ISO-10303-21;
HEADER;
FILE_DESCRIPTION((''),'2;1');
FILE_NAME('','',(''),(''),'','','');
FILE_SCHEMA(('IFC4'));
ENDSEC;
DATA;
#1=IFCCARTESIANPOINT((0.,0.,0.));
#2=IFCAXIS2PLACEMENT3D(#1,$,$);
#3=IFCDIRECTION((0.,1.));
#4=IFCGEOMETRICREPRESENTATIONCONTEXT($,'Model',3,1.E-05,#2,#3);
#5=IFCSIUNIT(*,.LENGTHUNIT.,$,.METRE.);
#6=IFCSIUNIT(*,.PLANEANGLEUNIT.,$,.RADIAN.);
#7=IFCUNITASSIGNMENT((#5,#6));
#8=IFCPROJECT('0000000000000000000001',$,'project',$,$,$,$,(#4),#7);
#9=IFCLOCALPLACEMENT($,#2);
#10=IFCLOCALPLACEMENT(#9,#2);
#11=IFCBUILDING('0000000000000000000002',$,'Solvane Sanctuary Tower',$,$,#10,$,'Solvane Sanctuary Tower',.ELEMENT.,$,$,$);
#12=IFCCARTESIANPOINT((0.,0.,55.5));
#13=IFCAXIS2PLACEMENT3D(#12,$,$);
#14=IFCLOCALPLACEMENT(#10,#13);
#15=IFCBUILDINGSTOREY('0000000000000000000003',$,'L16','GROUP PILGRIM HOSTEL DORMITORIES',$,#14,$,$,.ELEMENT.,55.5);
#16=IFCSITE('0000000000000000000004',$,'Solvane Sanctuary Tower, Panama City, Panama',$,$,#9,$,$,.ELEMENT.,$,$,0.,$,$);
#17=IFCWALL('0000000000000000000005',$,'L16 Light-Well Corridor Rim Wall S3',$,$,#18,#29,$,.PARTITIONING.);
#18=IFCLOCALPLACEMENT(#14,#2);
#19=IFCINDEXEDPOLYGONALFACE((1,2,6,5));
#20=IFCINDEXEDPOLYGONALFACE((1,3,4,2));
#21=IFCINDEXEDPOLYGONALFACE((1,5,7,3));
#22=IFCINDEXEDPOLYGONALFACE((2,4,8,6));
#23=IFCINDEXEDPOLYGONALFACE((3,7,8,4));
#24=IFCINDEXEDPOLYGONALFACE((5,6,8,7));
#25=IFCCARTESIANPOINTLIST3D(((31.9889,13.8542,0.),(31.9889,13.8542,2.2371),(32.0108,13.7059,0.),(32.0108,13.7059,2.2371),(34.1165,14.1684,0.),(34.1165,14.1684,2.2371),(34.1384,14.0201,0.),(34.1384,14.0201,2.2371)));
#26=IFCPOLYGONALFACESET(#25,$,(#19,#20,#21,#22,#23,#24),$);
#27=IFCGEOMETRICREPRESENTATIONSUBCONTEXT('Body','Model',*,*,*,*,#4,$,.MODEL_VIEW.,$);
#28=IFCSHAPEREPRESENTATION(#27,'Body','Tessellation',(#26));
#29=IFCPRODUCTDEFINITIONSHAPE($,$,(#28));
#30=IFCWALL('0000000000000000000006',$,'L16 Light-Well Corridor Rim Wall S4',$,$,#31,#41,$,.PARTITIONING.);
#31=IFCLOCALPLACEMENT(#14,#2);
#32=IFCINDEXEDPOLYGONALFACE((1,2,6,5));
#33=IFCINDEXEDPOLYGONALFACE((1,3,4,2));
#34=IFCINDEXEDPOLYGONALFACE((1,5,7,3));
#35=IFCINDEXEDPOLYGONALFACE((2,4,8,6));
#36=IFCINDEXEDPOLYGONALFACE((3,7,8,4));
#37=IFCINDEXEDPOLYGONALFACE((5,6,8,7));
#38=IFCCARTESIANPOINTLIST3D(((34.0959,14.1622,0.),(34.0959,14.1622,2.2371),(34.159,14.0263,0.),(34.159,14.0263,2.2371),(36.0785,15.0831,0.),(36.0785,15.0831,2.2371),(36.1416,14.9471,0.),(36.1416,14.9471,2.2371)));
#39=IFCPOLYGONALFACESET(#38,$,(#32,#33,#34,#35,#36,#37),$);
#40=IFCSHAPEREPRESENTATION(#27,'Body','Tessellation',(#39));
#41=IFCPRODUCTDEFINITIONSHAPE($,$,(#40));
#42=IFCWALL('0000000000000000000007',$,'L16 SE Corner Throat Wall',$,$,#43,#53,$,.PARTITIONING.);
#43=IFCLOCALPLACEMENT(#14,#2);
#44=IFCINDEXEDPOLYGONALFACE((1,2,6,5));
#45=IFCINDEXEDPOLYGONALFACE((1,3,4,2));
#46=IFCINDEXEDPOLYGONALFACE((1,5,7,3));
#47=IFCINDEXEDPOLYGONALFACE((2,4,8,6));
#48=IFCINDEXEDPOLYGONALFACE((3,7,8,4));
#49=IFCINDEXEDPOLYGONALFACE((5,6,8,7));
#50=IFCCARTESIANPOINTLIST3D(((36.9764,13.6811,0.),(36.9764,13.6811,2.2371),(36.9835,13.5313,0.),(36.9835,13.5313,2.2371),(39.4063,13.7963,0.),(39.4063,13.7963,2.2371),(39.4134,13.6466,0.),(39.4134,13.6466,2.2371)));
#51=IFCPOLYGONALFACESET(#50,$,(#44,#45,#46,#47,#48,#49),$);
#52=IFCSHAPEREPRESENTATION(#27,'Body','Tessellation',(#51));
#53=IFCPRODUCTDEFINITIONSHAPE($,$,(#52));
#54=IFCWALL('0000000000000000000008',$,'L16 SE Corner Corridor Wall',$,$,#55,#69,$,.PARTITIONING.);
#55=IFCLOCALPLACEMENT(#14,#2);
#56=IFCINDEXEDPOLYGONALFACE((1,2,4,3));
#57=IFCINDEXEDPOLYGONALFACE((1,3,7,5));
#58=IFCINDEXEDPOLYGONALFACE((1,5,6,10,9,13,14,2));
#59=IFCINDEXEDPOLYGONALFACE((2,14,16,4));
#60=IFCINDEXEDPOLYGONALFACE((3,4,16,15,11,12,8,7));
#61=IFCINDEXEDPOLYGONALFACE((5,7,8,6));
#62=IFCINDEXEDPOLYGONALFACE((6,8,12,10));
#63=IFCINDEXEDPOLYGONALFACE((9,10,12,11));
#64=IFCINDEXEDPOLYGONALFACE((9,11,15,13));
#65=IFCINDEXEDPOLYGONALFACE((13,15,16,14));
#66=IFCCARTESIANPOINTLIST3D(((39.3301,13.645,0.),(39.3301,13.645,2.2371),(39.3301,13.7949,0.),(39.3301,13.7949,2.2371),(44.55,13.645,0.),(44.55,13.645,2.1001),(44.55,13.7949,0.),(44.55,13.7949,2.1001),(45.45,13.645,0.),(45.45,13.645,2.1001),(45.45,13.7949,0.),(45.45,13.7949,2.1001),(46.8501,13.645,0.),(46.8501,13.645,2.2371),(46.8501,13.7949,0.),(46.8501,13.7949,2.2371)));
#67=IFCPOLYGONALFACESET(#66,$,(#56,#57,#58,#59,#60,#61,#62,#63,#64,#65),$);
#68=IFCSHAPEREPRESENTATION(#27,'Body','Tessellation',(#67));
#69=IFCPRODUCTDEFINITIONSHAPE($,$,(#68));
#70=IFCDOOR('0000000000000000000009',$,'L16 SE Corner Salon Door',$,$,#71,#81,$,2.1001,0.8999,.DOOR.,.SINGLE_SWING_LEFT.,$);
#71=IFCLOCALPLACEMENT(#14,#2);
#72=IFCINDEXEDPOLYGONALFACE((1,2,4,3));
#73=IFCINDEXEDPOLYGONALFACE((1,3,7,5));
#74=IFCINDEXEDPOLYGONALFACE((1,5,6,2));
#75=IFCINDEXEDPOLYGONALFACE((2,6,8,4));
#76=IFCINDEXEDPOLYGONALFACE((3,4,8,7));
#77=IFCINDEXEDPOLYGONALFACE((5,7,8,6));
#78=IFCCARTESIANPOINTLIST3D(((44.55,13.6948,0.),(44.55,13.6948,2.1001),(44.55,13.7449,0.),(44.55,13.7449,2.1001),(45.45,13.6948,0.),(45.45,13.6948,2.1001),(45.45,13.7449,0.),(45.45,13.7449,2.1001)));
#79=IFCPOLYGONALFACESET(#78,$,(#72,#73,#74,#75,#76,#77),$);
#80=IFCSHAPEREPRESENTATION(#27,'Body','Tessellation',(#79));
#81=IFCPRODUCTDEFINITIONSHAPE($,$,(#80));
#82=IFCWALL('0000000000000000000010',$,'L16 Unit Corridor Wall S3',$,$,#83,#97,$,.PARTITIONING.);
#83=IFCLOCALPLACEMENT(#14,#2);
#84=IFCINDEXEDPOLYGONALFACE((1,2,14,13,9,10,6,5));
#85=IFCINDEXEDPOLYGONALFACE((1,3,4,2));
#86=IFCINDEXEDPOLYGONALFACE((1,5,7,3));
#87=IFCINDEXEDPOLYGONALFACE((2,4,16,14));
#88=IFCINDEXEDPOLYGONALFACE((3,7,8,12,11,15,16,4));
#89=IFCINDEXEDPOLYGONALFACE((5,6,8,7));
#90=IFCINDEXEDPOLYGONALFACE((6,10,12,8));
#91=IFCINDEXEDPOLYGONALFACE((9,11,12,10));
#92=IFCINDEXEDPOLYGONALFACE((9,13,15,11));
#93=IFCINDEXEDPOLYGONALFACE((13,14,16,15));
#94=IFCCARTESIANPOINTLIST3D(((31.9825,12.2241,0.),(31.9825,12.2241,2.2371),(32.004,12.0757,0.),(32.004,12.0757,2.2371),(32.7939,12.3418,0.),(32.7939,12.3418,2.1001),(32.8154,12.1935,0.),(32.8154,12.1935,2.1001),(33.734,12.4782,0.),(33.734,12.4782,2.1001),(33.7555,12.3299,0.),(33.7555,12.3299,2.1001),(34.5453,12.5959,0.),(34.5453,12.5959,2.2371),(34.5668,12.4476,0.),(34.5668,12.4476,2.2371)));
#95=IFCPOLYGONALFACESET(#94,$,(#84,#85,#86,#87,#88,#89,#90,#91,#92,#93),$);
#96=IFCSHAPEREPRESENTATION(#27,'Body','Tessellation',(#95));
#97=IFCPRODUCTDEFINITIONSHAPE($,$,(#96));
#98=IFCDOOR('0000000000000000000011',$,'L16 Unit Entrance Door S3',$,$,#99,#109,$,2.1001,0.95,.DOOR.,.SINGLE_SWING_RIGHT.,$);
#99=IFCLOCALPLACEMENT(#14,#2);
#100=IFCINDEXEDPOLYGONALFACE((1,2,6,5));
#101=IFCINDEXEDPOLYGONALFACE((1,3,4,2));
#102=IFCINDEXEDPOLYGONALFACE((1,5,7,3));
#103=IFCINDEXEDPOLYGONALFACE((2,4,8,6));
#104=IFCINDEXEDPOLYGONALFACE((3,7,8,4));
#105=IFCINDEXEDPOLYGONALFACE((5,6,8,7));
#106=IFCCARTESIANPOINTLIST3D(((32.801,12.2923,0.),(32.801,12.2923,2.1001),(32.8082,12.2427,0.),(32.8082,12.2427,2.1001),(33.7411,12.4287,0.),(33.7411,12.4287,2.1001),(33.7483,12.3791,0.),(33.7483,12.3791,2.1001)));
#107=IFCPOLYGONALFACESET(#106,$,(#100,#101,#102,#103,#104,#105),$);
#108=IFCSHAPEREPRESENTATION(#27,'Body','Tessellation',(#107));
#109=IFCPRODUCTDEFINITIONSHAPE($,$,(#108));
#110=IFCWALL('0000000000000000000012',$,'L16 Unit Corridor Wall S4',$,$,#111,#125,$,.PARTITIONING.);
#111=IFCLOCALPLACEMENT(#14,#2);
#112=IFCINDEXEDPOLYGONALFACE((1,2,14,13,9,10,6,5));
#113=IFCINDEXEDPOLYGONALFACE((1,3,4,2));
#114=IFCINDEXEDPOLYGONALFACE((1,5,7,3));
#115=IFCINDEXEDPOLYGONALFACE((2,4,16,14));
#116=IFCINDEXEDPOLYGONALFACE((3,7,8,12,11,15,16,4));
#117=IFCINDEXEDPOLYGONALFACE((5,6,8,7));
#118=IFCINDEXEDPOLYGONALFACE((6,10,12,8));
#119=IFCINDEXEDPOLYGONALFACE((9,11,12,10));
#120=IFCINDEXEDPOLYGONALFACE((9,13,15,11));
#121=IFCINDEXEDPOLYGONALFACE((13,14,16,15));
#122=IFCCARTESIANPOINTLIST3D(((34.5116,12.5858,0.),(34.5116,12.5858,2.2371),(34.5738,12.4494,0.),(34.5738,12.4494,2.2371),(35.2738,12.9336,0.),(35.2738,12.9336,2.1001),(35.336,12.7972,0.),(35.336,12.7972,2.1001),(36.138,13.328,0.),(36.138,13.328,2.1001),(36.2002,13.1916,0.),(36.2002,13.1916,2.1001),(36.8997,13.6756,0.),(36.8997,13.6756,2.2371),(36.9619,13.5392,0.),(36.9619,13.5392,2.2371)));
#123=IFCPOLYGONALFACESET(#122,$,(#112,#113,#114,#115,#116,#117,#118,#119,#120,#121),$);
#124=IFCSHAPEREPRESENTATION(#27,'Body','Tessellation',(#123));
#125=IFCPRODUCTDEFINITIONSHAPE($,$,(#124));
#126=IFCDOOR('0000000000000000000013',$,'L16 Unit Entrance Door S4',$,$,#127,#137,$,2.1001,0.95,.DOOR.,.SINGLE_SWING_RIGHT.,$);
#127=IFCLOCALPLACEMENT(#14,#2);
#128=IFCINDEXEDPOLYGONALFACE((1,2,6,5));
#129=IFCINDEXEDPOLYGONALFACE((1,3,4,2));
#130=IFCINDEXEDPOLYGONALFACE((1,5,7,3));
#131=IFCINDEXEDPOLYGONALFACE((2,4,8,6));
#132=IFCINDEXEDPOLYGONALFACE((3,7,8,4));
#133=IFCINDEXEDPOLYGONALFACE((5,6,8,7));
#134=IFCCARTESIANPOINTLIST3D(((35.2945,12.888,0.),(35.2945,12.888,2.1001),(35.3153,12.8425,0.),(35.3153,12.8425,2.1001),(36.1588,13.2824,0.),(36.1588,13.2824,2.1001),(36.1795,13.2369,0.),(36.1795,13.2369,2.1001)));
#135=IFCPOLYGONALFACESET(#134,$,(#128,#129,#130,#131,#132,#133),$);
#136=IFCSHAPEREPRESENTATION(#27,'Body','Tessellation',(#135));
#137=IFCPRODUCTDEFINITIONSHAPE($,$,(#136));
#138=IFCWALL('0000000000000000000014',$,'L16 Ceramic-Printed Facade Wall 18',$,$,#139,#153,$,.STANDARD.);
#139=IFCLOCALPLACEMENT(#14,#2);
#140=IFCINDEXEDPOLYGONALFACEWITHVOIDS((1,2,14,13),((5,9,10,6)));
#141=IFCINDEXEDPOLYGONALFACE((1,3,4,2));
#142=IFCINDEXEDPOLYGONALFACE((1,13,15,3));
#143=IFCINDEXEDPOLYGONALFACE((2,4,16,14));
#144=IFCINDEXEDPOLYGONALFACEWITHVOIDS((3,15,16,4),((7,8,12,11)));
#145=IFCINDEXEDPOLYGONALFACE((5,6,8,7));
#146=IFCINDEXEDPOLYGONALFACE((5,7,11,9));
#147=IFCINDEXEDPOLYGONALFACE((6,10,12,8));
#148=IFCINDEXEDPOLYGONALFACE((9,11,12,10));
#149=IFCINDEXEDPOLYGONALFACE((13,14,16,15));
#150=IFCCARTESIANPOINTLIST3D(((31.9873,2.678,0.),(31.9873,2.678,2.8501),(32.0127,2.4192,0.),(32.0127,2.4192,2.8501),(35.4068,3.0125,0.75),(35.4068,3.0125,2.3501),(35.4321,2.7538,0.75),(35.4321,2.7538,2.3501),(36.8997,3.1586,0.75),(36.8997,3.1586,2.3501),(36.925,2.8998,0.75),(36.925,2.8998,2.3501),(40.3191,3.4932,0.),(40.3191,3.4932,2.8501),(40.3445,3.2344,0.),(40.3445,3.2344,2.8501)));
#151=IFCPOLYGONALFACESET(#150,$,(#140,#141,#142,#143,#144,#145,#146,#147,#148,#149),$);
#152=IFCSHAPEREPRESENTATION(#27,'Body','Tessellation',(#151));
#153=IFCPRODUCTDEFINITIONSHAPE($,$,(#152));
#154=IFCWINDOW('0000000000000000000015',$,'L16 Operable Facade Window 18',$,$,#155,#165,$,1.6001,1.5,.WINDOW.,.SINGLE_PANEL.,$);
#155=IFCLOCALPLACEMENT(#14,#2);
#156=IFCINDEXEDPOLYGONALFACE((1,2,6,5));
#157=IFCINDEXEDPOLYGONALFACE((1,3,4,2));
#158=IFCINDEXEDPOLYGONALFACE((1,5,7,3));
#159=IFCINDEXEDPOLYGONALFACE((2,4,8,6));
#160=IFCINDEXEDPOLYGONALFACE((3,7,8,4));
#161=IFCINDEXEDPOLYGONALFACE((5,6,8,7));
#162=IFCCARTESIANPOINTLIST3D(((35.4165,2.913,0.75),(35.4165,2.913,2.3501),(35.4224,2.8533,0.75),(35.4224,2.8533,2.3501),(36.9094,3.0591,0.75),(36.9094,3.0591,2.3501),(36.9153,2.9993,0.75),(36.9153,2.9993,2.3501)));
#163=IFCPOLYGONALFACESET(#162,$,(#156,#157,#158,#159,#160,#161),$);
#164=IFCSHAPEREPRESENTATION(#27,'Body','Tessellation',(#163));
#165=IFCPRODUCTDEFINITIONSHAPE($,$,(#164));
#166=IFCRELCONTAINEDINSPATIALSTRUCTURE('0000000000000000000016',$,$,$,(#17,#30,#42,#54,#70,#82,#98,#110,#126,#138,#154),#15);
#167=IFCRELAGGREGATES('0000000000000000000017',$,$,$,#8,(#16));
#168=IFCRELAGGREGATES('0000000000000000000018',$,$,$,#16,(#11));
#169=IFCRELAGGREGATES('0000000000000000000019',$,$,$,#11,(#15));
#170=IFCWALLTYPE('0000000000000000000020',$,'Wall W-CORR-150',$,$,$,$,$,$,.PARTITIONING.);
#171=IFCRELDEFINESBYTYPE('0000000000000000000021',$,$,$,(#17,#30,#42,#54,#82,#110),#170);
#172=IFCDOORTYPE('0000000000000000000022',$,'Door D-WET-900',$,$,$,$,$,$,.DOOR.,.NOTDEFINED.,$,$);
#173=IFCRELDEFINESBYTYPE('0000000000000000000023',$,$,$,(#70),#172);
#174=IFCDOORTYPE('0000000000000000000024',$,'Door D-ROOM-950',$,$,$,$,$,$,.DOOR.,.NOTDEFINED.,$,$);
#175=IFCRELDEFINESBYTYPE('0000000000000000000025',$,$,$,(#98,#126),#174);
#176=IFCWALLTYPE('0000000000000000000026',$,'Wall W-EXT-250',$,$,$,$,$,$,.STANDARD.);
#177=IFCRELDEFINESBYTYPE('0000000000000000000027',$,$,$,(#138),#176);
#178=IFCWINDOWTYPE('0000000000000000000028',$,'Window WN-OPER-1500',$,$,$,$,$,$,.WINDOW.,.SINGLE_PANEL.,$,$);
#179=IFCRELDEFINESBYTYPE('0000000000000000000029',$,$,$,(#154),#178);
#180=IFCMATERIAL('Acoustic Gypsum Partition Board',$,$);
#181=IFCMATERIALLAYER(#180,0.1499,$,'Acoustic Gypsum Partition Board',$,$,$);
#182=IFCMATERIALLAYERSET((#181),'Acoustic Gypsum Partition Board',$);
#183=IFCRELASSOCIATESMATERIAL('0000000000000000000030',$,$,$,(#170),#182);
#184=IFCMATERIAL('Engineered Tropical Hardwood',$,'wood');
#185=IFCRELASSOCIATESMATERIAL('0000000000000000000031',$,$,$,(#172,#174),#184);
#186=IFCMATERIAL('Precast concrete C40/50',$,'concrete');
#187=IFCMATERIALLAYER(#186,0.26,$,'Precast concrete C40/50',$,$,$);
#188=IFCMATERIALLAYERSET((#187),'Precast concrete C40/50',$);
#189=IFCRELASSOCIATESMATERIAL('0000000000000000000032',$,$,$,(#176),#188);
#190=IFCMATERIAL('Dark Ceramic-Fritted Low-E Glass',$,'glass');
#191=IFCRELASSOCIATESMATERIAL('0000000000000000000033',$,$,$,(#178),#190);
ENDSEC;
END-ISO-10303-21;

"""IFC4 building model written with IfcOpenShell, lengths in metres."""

from ifc_helpers import new_model, si_unit, direction, frame, frame_2d, origin, place, context, subcontext, project, spatial, rectangle, extrude, material, layer, layer_set, type_object, element, fill, save


model = new_model("IFC4")

# Units and contexts
model_context = context("Model", 3, precision=1e-05, world=origin(), true_north=direction((0.0, 1.0)))
body_context = subcontext(model_context, "Body", "Model", "MODEL_VIEW")
ifc_project = project(units=[si_unit("LENGTHUNIT", "METRE"), si_unit("PLANEANGLEUNIT", "RADIAN")], contexts=[model_context])

# Site, building, storey
site_placement = place(None, origin())
site = spatial("IfcSite", under=ifc_project, at=site_placement, Name="Solvane Sanctuary Tower, Panama City, Panama", CompositionType="ELEMENT", RefElevation=0.0)
building_placement = place(site_placement, origin())
building = spatial("IfcBuilding", under=site, at=building_placement, Name="Solvane Sanctuary Tower", LongName="Solvane Sanctuary Tower", CompositionType="ELEMENT")
storey_placement = place(building_placement, frame((0.0, 0.0, 55.5)))
storey = spatial("IfcBuildingStorey", under=building, at=storey_placement, Name="L16", Description="GROUP PILGRIM HOSTEL DORMITORIES", CompositionType="ELEMENT", Elevation=55.5)

# Walls
ifc_material_1 = material(Name="Acoustic Gypsum Partition Board")
ifc_layer_1 = layer(ifc_material_1, 0.1499, Name="Acoustic Gypsum Partition Board")
ifc_layer_set_1 = layer_set([ifc_layer_1], Name="Acoustic Gypsum Partition Board")
wall_type_1 = type_object("IfcWallType", Name="Wall W-CORR-150", PredefinedType="PARTITIONING", material=ifc_layer_set_1)
wall_1_placement = place(storey_placement, frame((32.0, 13.78, 0.0), z_axis=(0.0, 0.0, 1.0), x_axis=(0.989269, 0.146108, 0.0)))
element("IfcWall", 1, at=wall_1_placement, inside=storey, type_object=wall_type_1, Name="L16 Light-Well Corridor Rim Wall S3", PredefinedType="PARTITIONING", context=body_context, shape_type="SweptSolid", body=[
    extrude(rectangle(XDim=2.1506, YDim=0.1499, at=frame_2d((1.0752, 0.0))), origin(), (0.0, 0.0, 1.0), 2.2371),
])
wall_2_placement = place(storey_placement, frame((34.1274, 14.0942, 0.0), z_axis=(0.0, 0.0, 1.0), x_axis=(0.906943, 0.421252, 0.0)))
element("IfcWall", 2, at=wall_2_placement, inside=storey, type_object=wall_type_1, Name="L16 Light-Well Corridor Rim Wall S4", PredefinedType="PARTITIONING", context=body_context, shape_type="SweptSolid", body=[
    extrude(rectangle(XDim=2.186, YDim=0.1499, at=frame_2d((1.093, 0.0))), origin(), (0.0, 0.0, 1.0), 2.2371),
])
wall_3_placement = place(storey_placement, frame((36.98, 13.6062, 0.0), z_axis=(0.0, 0.0, 1.0), x_axis=(0.998877, 0.04737, 0.0)))
element("IfcWall", 3, at=wall_3_placement, inside=storey, type_object=wall_type_1, Name="L16 SE Corner Throat Wall", PredefinedType="PARTITIONING", context=body_context, shape_type="SweptSolid", body=[
    extrude(rectangle(XDim=2.4326, YDim=0.1499, at=frame_2d((1.2163, 0.0))), origin(), (0.0, 0.0, 1.0), 2.2371),
])

# Walls, openings, doors
wall_4_placement = place(storey_placement, frame((39.3301, 13.72, 0.0), z_axis=(0.0, 0.0, 1.0), x_axis=(1.0, 0.0, 0.0)))
wall_4 = element("IfcWall", 4, at=wall_4_placement, inside=storey, type_object=wall_type_1, Name="L16 SE Corner Corridor Wall", PredefinedType="PARTITIONING", context=body_context, shape_type="SweptSolid", body=[
    extrude(rectangle(XDim=7.52, YDim=0.1499, at=frame_2d((3.76, 0.0))), origin(), (0.0, 0.0, 1.0), 2.2371),
])
opening_1_placement = place(wall_4_placement, frame((5.22, 0.0, 0.0)))
opening_1 = element("IfcOpeningElement", 5, at=opening_1_placement, cuts=wall_4, PredefinedType="OPENING", context=body_context, shape_type="SweptSolid", body=[
    extrude(rectangle(XDim=0.8999, YDim=2.1001, at=frame_2d((0.45, 1.05))), frame((0.0, 0.085, 0.0), z_axis=(0.0, -1.0, 0.0), x_axis=(1.0, 0.0, 0.0)), (0.0, 0.0, 1.0), 0.1699),
])
ifc_material_2 = material(Name="Engineered Tropical Hardwood", Category="wood")
door_type_1 = type_object("IfcDoorType", Name="Door D-WET-900", OperationType="NOTDEFINED", PredefinedType="DOOR", material=ifc_material_2)
door_1_placement = place(opening_1_placement, origin())
door_1 = element("IfcDoor", 6, at=door_1_placement, inside=storey, type_object=door_type_1, Name="L16 SE Corner Salon Door", OperationType="SINGLE_SWING_LEFT", OverallHeight=2.1001, OverallWidth=0.8999, PredefinedType="DOOR", context=body_context, shape_type="SweptSolid", body=[
    extrude(rectangle(XDim=0.8999, YDim=2.1001, at=frame_2d((0.45, 1.05))), frame((0.0, 0.0249, 0.0), z_axis=(0.0, -1.0, 0.0), x_axis=(1.0, 0.0, 0.0)), (0.0, 0.0, 1.0), 0.05),
])
fill(opening_1, door_1)
wall_5_placement = place(storey_placement, frame((31.9932, 12.1499, 0.0), z_axis=(0.0, 0.0, 1.0), x_axis=(0.989638, 0.143586, 0.0)))
wall_5 = element("IfcWall", 7, at=wall_5_placement, inside=storey, type_object=wall_type_1, Name="L16 Unit Corridor Wall S3", PredefinedType="PARTITIONING", context=body_context, shape_type="SweptSolid", body=[
    extrude(rectangle(XDim=2.5896, YDim=0.1499, at=frame_2d((1.2949, 0.0))), origin(), (0.0, 0.0, 1.0), 2.2371),
])
opening_2_placement = place(wall_5_placement, frame((0.8198, 0.0, 0.0)))
opening_2 = element("IfcOpeningElement", 8, at=opening_2_placement, cuts=wall_5, PredefinedType="OPENING", context=body_context, shape_type="SweptSolid", body=[
    extrude(rectangle(XDim=0.95, YDim=2.1001, at=frame_2d((0.4751, 1.05))), frame((0.0, 0.085, 0.0), z_axis=(0.0, -1.0, 0.0), x_axis=(1.0, 0.0, 0.0)), (0.0, 0.0, 1.0), 0.1699),
])
door_type_2 = type_object("IfcDoorType", Name="Door D-ROOM-950", OperationType="NOTDEFINED", PredefinedType="DOOR", material=ifc_material_2)
door_2_placement = place(opening_2_placement, origin())
door_2 = element("IfcDoor", 9, at=door_2_placement, inside=storey, type_object=door_type_2, Name="L16 Unit Entrance Door S3", OperationType="SINGLE_SWING_RIGHT", OverallHeight=2.1001, OverallWidth=0.95, PredefinedType="DOOR", context=body_context, shape_type="SweptSolid", body=[
    extrude(rectangle(XDim=0.95, YDim=2.1001, at=frame_2d((0.4751, 1.05))), frame((0.0, 0.0249, 0.0), z_axis=(0.0, -1.0, 0.0), x_axis=(1.0, 0.0, 0.0)), (0.0, 0.0, 1.0), 0.05),
])
fill(opening_2, door_2)
wall_6_placement = place(storey_placement, frame((34.5427, 12.5176, 0.0), z_axis=(0.0, 0.0, 1.0), x_axis=(0.909748, 0.415162, 0.0)))
wall_6 = element("IfcWall", 10, at=wall_6_placement, inside=storey, type_object=wall_type_1, Name="L16 Unit Corridor Wall S4", PredefinedType="PARTITIONING", context=body_context, shape_type="SweptSolid", body=[
    extrude(rectangle(XDim=2.625, YDim=0.1499, at=frame_2d((1.3125, 0.0))), origin(), (0.0, 0.0, 1.0), 2.2371),
])
opening_3_placement = place(wall_6_placement, frame((0.8376, 0.0, 0.0)))
opening_3 = element("IfcOpeningElement", 11, at=opening_3_placement, cuts=wall_6, PredefinedType="OPENING", context=body_context, shape_type="SweptSolid", body=[
    extrude(rectangle(XDim=0.95, YDim=2.1001, at=frame_2d((0.4751, 1.05))), frame((0.0, 0.085, 0.0), z_axis=(0.0, -1.0, 0.0), x_axis=(1.0, 0.0, 0.0)), (0.0, 0.0, 1.0), 0.1699),
])
door_3_placement = place(opening_3_placement, origin())
door_3 = element("IfcDoor", 12, at=door_3_placement, inside=storey, type_object=door_type_2, Name="L16 Unit Entrance Door S4", OperationType="SINGLE_SWING_RIGHT", OverallHeight=2.1001, OverallWidth=0.95, PredefinedType="DOOR", context=body_context, shape_type="SweptSolid", body=[
    extrude(rectangle(XDim=0.95, YDim=2.1001, at=frame_2d((0.4751, 1.05))), frame((0.0, 0.0249, 0.0), z_axis=(0.0, -1.0, 0.0), x_axis=(1.0, 0.0, 0.0)), (0.0, 0.0, 1.0), 0.05),
])
fill(opening_3, door_3)

# Wall, opening, window
ifc_material_3 = material(Name="Precast concrete C40/50", Category="concrete")
ifc_layer_2 = layer(ifc_material_3, 0.26, Name="Precast concrete C40/50")
ifc_layer_set_2 = layer_set([ifc_layer_2], Name="Precast concrete C40/50")
wall_type_2 = type_object("IfcWallType", Name="Wall W-EXT-250", PredefinedType="STANDARD", material=ifc_layer_set_2)
wall_7_placement = place(storey_placement, frame((32.0, 2.5486, 0.0), z_axis=(0.0, 0.0, 1.0), x_axis=(0.995248, 0.097375, 0.0)))
wall_7 = element("IfcWall", 13, at=wall_7_placement, inside=storey, type_object=wall_type_2, Name="L16 Ceramic-Printed Facade Wall 18", PredefinedType="STANDARD", context=body_context, shape_type="SweptSolid", body=[
    extrude(rectangle(XDim=8.3716, YDim=0.26, at=frame_2d((4.1858, 0.0))), origin(), (0.0, 0.0, 1.0), 2.8501),
])
opening_4_placement = place(wall_7_placement, frame((3.4358, 0.0, 0.75)))
opening_4 = element("IfcOpeningElement", 14, at=opening_4_placement, cuts=wall_7, PredefinedType="OPENING", context=body_context, shape_type="SweptSolid", body=[
    extrude(rectangle(XDim=1.5, YDim=1.6001, at=frame_2d((0.75, 0.8))), frame((0.0, 0.1399, 0.0), z_axis=(0.0, -1.0, 0.0), x_axis=(1.0, 0.0, 0.0)), (0.0, 0.0, 1.0), 0.28),
])
ifc_material_4 = material(Name="Dark Ceramic-Fritted Low-E Glass", Category="glass")
window_type = type_object("IfcWindowType", Name="Window WN-OPER-1500", PartitioningType="SINGLE_PANEL", PredefinedType="WINDOW", material=ifc_material_4)
window_placement = place(opening_4_placement, origin())
window = element("IfcWindow", 15, at=window_placement, inside=storey, type_object=window_type, Name="L16 Operable Facade Window 18", OverallHeight=1.6001, OverallWidth=1.5, PartitioningType="SINGLE_PANEL", PredefinedType="WINDOW", context=body_context, shape_type="SweptSolid", body=[
    extrude(rectangle(XDim=1.5, YDim=1.6001, at=frame_2d((0.75, 0.8))), frame((0.0, 0.03, 0.0), z_axis=(0.0, -1.0, 0.0), x_axis=(1.0, 0.0, 0.0)), (0.0, 0.0, 1.0), 0.0601),
])
fill(opening_4, window)

save(model, "model.ifc")
